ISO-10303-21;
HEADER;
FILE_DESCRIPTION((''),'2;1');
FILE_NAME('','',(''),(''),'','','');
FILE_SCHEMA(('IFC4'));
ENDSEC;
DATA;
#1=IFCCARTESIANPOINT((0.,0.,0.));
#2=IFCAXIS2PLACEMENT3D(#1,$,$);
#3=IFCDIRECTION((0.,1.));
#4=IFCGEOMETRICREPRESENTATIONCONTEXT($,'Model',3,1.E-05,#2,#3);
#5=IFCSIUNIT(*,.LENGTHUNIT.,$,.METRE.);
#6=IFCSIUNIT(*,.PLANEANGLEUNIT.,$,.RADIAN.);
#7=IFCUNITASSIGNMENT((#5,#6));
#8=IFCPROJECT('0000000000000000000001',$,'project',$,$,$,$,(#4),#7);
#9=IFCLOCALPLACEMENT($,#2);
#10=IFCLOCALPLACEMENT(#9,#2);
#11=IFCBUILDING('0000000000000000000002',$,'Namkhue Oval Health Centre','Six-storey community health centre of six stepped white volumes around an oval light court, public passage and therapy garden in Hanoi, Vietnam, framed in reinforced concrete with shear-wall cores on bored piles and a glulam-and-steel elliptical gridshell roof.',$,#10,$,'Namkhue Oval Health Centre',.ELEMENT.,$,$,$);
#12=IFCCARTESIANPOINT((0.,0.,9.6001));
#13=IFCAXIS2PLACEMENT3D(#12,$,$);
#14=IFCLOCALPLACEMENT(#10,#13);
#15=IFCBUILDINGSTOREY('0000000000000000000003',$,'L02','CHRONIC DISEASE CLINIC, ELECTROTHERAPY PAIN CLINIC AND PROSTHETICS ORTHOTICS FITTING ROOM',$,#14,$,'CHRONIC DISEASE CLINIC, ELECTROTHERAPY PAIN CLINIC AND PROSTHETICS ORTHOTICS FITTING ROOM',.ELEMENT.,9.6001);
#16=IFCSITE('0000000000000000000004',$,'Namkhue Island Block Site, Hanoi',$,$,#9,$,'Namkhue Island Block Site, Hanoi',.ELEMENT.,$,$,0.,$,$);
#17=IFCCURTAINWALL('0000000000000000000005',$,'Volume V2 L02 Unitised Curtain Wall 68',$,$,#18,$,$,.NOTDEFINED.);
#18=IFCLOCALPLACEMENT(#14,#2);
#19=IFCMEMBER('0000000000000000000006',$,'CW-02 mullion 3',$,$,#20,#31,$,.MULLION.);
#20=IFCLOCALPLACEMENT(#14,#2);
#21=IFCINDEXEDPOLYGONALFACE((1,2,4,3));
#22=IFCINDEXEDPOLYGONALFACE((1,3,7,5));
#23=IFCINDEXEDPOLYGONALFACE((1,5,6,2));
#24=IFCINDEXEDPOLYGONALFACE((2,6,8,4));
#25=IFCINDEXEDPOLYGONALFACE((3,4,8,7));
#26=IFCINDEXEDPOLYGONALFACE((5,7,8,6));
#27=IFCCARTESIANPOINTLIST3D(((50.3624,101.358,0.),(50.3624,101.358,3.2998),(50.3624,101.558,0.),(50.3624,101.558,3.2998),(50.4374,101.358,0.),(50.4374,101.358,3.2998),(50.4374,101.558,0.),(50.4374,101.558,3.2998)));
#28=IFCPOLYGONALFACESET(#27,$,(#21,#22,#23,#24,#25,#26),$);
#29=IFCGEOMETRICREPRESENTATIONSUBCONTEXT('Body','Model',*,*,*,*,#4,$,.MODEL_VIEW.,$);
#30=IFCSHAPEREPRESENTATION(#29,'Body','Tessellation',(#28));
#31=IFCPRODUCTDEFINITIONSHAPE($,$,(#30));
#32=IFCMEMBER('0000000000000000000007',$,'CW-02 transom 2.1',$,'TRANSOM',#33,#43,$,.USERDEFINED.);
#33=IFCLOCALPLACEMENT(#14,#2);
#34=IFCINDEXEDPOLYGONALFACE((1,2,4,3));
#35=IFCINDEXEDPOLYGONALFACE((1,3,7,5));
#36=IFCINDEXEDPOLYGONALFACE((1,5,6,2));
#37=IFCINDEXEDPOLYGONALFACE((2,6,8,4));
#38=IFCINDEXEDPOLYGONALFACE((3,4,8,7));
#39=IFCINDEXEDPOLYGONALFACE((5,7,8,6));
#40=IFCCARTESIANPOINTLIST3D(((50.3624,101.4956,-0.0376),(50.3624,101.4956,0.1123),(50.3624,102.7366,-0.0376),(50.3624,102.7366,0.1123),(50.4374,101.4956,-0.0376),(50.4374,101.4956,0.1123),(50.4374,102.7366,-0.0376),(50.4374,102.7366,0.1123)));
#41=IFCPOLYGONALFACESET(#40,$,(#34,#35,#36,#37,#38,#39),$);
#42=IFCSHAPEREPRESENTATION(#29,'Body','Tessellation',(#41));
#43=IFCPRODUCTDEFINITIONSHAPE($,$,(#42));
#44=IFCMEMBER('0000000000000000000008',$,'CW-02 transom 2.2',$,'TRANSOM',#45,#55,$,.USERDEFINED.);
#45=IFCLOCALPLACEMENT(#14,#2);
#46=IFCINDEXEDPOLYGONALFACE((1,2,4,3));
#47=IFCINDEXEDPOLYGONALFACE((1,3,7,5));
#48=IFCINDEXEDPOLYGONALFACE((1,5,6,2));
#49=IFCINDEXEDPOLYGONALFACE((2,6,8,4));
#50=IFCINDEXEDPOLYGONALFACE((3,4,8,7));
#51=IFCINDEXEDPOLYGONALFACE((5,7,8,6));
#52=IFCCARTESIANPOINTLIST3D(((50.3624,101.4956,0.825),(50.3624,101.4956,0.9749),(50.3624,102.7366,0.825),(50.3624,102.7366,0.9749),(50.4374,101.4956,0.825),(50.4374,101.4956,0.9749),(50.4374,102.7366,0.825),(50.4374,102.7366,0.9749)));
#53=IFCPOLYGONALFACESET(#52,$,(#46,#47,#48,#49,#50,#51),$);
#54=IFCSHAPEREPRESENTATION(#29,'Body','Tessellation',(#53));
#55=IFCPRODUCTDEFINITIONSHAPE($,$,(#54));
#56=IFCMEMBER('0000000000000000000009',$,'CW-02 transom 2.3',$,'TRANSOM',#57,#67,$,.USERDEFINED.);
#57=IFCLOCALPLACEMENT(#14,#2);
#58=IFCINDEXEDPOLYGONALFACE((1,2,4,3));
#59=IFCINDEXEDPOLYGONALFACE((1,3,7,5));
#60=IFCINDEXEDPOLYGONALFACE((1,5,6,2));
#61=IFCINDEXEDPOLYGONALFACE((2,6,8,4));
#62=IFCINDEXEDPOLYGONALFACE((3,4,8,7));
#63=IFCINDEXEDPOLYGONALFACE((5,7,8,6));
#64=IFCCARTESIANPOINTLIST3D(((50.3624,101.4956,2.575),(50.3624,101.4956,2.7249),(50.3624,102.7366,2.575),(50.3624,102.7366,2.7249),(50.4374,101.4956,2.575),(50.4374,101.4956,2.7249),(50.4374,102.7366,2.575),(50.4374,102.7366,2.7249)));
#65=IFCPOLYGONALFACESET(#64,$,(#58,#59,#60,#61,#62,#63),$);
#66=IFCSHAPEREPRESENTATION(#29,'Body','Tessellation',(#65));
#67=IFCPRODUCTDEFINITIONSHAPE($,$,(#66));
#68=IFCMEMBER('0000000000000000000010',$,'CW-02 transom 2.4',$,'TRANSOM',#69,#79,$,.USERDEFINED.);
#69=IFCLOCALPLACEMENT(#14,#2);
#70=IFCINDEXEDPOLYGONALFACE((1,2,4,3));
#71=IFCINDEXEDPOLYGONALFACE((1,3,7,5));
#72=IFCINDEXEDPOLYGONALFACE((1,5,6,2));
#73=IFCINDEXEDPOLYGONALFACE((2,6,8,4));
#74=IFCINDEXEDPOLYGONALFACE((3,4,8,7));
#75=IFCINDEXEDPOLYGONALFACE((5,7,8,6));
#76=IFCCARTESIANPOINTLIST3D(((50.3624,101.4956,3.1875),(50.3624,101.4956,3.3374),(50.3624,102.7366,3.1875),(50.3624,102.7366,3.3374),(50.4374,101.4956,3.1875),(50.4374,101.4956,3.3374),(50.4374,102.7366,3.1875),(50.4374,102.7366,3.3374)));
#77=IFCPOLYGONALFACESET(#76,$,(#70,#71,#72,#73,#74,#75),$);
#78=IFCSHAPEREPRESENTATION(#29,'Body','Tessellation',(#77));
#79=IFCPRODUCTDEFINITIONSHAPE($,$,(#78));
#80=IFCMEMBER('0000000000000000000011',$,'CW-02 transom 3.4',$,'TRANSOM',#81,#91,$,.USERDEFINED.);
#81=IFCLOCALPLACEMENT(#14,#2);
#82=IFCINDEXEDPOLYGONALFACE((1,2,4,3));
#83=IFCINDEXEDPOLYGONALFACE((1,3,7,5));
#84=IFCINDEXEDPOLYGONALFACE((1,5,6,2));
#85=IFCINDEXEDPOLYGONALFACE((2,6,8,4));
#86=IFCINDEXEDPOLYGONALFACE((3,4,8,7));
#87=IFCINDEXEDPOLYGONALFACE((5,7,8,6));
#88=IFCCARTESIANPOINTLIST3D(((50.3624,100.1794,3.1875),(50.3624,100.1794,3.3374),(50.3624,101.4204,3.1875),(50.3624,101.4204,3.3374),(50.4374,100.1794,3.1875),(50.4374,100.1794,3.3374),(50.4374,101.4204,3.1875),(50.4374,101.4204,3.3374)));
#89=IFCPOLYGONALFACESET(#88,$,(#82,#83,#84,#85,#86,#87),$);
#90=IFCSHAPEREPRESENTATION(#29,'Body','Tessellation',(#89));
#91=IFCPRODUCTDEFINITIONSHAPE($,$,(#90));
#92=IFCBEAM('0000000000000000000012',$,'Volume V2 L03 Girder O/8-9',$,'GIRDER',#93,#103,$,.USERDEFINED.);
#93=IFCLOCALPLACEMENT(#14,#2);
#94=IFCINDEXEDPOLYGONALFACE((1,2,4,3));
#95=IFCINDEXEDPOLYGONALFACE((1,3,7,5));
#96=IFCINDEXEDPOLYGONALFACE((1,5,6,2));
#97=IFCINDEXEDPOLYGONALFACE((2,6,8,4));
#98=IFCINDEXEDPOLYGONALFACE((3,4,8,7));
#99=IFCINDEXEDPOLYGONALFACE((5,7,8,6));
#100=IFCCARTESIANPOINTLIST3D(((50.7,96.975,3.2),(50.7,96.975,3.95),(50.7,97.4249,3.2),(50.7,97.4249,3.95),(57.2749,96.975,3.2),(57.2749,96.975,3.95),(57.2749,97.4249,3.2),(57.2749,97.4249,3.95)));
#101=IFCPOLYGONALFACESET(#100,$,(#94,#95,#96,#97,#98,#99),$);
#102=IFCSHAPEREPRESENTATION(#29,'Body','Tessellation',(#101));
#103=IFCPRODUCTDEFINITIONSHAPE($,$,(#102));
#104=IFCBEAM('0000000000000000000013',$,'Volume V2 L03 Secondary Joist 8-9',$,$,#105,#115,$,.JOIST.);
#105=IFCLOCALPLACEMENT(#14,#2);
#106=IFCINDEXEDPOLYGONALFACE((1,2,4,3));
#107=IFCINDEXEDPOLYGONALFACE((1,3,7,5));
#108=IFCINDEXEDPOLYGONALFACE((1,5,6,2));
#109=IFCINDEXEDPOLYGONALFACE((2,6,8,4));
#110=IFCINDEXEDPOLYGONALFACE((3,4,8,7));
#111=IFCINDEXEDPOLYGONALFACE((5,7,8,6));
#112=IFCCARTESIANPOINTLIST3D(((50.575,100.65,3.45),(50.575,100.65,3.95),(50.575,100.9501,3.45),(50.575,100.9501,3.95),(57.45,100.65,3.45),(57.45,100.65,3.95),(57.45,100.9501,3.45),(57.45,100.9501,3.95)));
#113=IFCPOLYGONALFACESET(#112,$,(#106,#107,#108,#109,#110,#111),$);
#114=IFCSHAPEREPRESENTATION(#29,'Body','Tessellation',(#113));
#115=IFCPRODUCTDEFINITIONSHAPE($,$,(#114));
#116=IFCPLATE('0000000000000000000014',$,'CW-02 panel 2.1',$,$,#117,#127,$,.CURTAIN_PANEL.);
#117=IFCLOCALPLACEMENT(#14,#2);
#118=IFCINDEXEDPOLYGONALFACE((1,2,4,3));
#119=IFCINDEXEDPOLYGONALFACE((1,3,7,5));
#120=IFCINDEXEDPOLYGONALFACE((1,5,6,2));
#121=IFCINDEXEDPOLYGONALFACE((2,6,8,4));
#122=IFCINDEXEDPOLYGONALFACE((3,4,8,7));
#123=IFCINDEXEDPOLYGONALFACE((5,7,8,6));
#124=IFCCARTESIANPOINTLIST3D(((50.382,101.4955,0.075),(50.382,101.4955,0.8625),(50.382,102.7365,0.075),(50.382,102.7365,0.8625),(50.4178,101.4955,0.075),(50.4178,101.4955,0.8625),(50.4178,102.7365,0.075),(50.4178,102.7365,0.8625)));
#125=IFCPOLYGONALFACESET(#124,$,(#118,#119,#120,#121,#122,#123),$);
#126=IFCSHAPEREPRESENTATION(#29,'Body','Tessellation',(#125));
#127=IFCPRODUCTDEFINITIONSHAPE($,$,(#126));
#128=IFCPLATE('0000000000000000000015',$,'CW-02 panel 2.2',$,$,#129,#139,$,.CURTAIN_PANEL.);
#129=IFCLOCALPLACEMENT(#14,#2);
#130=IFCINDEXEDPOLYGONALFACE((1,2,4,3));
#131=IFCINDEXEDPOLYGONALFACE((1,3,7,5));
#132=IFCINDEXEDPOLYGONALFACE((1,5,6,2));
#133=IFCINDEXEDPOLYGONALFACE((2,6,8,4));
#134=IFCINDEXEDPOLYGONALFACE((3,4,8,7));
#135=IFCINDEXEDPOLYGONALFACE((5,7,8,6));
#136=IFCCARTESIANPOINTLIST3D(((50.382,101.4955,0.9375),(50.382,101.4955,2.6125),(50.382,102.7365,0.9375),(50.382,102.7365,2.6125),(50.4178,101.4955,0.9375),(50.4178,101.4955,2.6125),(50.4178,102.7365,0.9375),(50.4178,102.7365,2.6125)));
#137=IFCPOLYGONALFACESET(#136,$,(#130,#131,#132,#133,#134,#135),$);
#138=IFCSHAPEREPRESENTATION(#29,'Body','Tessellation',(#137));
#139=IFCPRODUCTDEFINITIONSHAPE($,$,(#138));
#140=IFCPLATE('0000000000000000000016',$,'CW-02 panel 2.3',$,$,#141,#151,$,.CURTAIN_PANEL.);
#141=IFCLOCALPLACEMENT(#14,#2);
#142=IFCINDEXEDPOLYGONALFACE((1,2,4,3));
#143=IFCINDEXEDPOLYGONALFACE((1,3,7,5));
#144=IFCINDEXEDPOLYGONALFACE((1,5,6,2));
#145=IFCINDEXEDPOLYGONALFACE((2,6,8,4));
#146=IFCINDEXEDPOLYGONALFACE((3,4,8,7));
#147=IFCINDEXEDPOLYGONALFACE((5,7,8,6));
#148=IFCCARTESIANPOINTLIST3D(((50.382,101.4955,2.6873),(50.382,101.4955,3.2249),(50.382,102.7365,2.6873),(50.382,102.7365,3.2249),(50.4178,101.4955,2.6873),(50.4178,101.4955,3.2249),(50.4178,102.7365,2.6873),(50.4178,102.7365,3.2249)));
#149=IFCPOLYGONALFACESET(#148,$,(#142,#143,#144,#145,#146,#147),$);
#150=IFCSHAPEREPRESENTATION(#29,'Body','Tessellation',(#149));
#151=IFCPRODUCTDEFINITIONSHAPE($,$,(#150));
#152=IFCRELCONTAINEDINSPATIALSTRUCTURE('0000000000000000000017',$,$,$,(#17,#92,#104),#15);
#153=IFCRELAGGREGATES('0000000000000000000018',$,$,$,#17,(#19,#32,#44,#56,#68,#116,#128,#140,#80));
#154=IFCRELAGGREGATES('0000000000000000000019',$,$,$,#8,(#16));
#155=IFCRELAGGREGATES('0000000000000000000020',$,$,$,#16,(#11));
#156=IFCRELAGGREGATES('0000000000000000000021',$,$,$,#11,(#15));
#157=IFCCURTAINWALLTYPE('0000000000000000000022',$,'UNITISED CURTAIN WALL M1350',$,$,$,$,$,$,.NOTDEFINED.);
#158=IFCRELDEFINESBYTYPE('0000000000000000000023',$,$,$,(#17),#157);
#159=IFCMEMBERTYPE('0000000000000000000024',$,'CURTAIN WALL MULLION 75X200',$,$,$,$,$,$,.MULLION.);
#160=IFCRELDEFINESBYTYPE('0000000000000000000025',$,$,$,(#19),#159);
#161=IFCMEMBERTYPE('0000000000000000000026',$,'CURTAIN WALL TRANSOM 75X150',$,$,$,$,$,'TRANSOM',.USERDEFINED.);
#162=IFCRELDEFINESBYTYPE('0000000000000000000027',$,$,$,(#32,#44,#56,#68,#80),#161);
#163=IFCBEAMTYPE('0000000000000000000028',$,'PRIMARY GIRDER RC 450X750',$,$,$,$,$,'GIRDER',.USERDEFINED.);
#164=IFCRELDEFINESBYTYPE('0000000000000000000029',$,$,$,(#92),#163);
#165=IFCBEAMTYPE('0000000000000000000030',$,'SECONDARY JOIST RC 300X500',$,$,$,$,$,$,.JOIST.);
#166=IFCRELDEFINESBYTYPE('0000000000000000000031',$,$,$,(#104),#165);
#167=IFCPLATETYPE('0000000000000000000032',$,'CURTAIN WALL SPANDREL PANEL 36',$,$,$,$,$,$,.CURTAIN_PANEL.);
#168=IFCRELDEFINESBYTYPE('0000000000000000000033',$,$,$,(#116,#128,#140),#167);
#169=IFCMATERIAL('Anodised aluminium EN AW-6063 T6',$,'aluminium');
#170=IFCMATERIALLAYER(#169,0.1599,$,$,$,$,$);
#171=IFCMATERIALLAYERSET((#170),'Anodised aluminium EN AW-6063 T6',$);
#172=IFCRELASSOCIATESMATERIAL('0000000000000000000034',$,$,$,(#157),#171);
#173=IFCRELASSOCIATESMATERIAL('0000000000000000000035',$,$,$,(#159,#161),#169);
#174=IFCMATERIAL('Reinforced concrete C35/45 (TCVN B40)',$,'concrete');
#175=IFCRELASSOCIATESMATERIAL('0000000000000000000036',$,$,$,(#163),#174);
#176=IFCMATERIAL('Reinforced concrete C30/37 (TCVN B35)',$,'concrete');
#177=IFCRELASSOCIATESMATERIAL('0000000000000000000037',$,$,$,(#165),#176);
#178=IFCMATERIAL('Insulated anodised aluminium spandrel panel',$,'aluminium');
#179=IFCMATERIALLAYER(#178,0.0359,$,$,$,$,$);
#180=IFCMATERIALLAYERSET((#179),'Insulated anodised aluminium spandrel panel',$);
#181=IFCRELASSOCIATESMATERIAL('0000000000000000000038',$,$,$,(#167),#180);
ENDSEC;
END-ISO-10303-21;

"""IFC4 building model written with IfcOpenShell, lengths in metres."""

from ifc_helpers import new_model, si_unit, direction, frame, origin, origin_2d, place, context, subcontext, project, spatial, rectangle, extrude, material, layer, layer_set, material_profile, profile_set, type_object, element, aggregate, save


model = new_model("IFC4")

# Units and contexts
model_context = context("Model", 3, precision=1e-05, world=origin(), true_north=direction((0.0, 1.0)))
body_context = subcontext(model_context, "Body", "Model", "MODEL_VIEW")
ifc_project = project(units=[si_unit("LENGTHUNIT", "METRE"), si_unit("PLANEANGLEUNIT", "RADIAN")], contexts=[model_context])

# Site, building, storey
site_placement = place(None, origin())
site = spatial("IfcSite", under=ifc_project, at=site_placement, Name="Namkhue Island Block Site, Hanoi", LongName="Namkhue Island Block Site, Hanoi", CompositionType="ELEMENT", RefElevation=0.0)
building_placement = place(site_placement, origin())
building = spatial("IfcBuilding", under=site, at=building_placement, Name="Namkhue Oval Health Centre", Description="Six-storey community health centre of six stepped white volumes around an oval light court, public passage and therapy garden in Hanoi, Vietnam, framed in reinforced concrete with shear-wall cores on bored piles and a glulam-and-steel elliptical gridshell roof.", LongName="Namkhue Oval Health Centre", CompositionType="ELEMENT")
storey_placement = place(building_placement, frame((0.0, 0.0, 9.6001)))
storey = spatial("IfcBuildingStorey", under=building, at=storey_placement, Name="L02", Description="CHRONIC DISEASE CLINIC, ELECTROTHERAPY PAIN CLINIC AND PROSTHETICS ORTHOTICS FITTING ROOM", LongName="CHRONIC DISEASE CLINIC, ELECTROTHERAPY PAIN CLINIC AND PROSTHETICS ORTHOTICS FITTING ROOM", CompositionType="ELEMENT", Elevation=9.6001)

# Curtain wall, members
ifc_material_1 = material(Name="Anodised aluminium EN AW-6063 T6", Category="aluminium")
ifc_layer_1 = layer(ifc_material_1, 0.1599)
ifc_layer_set_1 = layer_set([ifc_layer_1], Name="Anodised aluminium EN AW-6063 T6")
curtain_wall_type = type_object("IfcCurtainWallType", Name="UNITISED CURTAIN WALL M1350", PredefinedType="NOTDEFINED", material=ifc_layer_set_1)
curtain_wall_placement = place(storey_placement, origin())
curtain_wall = element("IfcCurtainWall", 1, at=curtain_wall_placement, inside=storey, type_object=curtain_wall_type, Name="Volume V2 L02 Unitised Curtain Wall 68", PredefinedType="NOTDEFINED")
ifc_material_profile_1 = material_profile(ifc_material_1, rectangle(XDim=0.075, YDim=0.2, at=origin_2d()), Name="ALU 75x200")
ifc_profile_set_1 = profile_set([ifc_material_profile_1], Name="Anodised aluminium EN AW-6063 T6")
member_type_1 = type_object("IfcMemberType", Name="CURTAIN WALL MULLION 75X200", PredefinedType="MULLION", material=ifc_profile_set_1)
member_1_placement = place(storey_placement, frame((50.3999, 101.458, 0.0), z_axis=(0.0, 0.0, 1.0), x_axis=(1.0, 0.0, 0.0)))
member_1 = element("IfcMember", 2, at=member_1_placement, type_object=member_type_1, Name="CW-02 mullion 3", PredefinedType="MULLION", context=body_context, shape_type="SweptSolid", body=[
    extrude(rectangle(XDim=0.075, YDim=0.2, at=origin_2d()), origin(), (0.0, 0.0, 1.0), 3.2998),
])
ifc_material_profile_2 = material_profile(ifc_material_1, rectangle(XDim=0.075, YDim=0.1499, at=origin_2d()), Name="ALU 75x150")
ifc_profile_set_2 = profile_set([ifc_material_profile_2], Name="Anodised aluminium EN AW-6063 T6")
member_type_2 = type_object("IfcMemberType", Name="CURTAIN WALL TRANSOM 75X150", ElementType="TRANSOM", PredefinedType="USERDEFINED", material=ifc_profile_set_2)
member_2_placement = place(storey_placement, frame((50.3999, 102.7366, 0.0374), z_axis=(0.0, -1.0, 0.0), x_axis=(1.0, 0.0, 0.0)))
member_2 = element("IfcMember", 3, at=member_2_placement, type_object=member_type_2, Name="CW-02 transom 2.1", ObjectType="TRANSOM", PredefinedType="USERDEFINED", context=body_context, shape_type="SweptSolid", body=[
    extrude(rectangle(XDim=0.075, YDim=0.1499, at=origin_2d()), origin(), (0.0, 0.0, 1.0), 1.241),
])
member_3_placement = place(storey_placement, frame((50.3999, 102.7366, 0.8999), z_axis=(0.0, -1.0, 0.0), x_axis=(1.0, 0.0, 0.0)))
member_3 = element("IfcMember", 4, at=member_3_placement, type_object=member_type_2, Name="CW-02 transom 2.2", ObjectType="TRANSOM", PredefinedType="USERDEFINED", context=body_context, shape_type="SweptSolid", body=[
    extrude(rectangle(XDim=0.075, YDim=0.1499, at=origin_2d()), origin(), (0.0, 0.0, 1.0), 1.241),
])
member_4_placement = place(storey_placement, frame((50.3999, 102.7366, 2.6499), z_axis=(0.0, -1.0, 0.0), x_axis=(1.0, 0.0, 0.0)))
member_4 = element("IfcMember", 5, at=member_4_placement, type_object=member_type_2, Name="CW-02 transom 2.3", ObjectType="TRANSOM", PredefinedType="USERDEFINED", context=body_context, shape_type="SweptSolid", body=[
    extrude(rectangle(XDim=0.075, YDim=0.1499, at=origin_2d()), origin(), (0.0, 0.0, 1.0), 1.241),
])
member_5_placement = place(storey_placement, frame((50.3999, 102.7366, 3.2625), z_axis=(0.0, -1.0, 0.0), x_axis=(1.0, 0.0, 0.0)))
member_5 = element("IfcMember", 6, at=member_5_placement, type_object=member_type_2, Name="CW-02 transom 2.4", ObjectType="TRANSOM", PredefinedType="USERDEFINED", context=body_context, shape_type="SweptSolid", body=[
    extrude(rectangle(XDim=0.075, YDim=0.1499, at=origin_2d()), origin(), (0.0, 0.0, 1.0), 1.241),
])
member_6_placement = place(storey_placement, frame((50.3999, 101.4204, 3.2625), z_axis=(0.0, -1.0, 0.0), x_axis=(1.0, 0.0, 0.0)))
member_6 = element("IfcMember", 7, at=member_6_placement, type_object=member_type_2, Name="CW-02 transom 3.4", ObjectType="TRANSOM", PredefinedType="USERDEFINED", context=body_context, shape_type="SweptSolid", body=[
    extrude(rectangle(XDim=0.075, YDim=0.1499, at=origin_2d()), origin(), (0.0, 0.0, 1.0), 1.241),
])

# Beams
ifc_material_2 = material(Name="Reinforced concrete C35/45 (TCVN B40)", Category="concrete")
ifc_material_profile_3 = material_profile(ifc_material_2, rectangle(XDim=0.45, YDim=0.75, at=origin_2d()), Name="RC 450x750")
ifc_profile_set_3 = profile_set([ifc_material_profile_3], Name="Reinforced concrete C35/45 (TCVN B40)")
beam_type_1 = type_object("IfcBeamType", Name="PRIMARY GIRDER RC 450X750", ElementType="GIRDER", PredefinedType="USERDEFINED", material=ifc_profile_set_3)
beam_1_placement = place(storey_placement, frame((50.7, 97.2, 3.575), z_axis=(1.0, 0.0, 0.0), x_axis=(0.0, 1.0, 0.0)))
element("IfcBeam", 8, at=beam_1_placement, inside=storey, type_object=beam_type_1, Name="Volume V2 L03 Girder O/8-9", ObjectType="GIRDER", PredefinedType="USERDEFINED", context=body_context, shape_type="SweptSolid", body=[
    extrude(rectangle(XDim=0.45, YDim=0.75, at=origin_2d()), origin(), (0.0, 0.0, 1.0), 6.575),
])
ifc_material_3 = material(Name="Reinforced concrete C30/37 (TCVN B35)", Category="concrete")
ifc_material_profile_4 = material_profile(ifc_material_3, rectangle(XDim=0.3, YDim=0.5, at=origin_2d()), Name="RC 300x500")
ifc_profile_set_4 = profile_set([ifc_material_profile_4], Name="Reinforced concrete C30/37 (TCVN B35)")
beam_type_2 = type_object("IfcBeamType", Name="SECONDARY JOIST RC 300X500", PredefinedType="JOIST", material=ifc_profile_set_4)
beam_2_placement = place(storey_placement, frame((50.575, 100.8, 3.7), z_axis=(1.0, 0.0, 0.0), x_axis=(0.0, 1.0, 0.0)))
element("IfcBeam", 9, at=beam_2_placement, inside=storey, type_object=beam_type_2, Name="Volume V2 L03 Secondary Joist 8-9", PredefinedType="JOIST", context=body_context, shape_type="SweptSolid", body=[
    extrude(rectangle(XDim=0.3, YDim=0.5, at=origin_2d()), origin(), (0.0, 0.0, 1.0), 6.875),
])

# Plates
ifc_material_4 = material(Name="Insulated anodised aluminium spandrel panel", Category="aluminium")
ifc_layer_2 = layer(ifc_material_4, 0.0359)
ifc_layer_set_2 = layer_set([ifc_layer_2], Name="Insulated anodised aluminium spandrel panel")
plate_type = type_object("IfcPlateType", Name="CURTAIN WALL SPANDREL PANEL 36", PredefinedType="CURTAIN_PANEL", material=ifc_layer_set_2)
plate_1_placement = place(storey_placement, frame((50.3999, 102.116, 0.075), z_axis=(0.0, 0.0, 1.0), x_axis=(0.0, -1.0, 0.0)))
plate_1 = element("IfcPlate", 10, at=plate_1_placement, type_object=plate_type, Name="CW-02 panel 2.1", PredefinedType="CURTAIN_PANEL", context=body_context, shape_type="SweptSolid", body=[
    extrude(rectangle(XDim=1.241, YDim=0.0359, at=origin_2d()), origin(), (0.0, 0.0, 1.0), 0.7876),
])
plate_2_placement = place(storey_placement, frame((50.3999, 102.116, 0.9375), z_axis=(0.0, 0.0, 1.0), x_axis=(0.0, -1.0, 0.0)))
plate_2 = element("IfcPlate", 11, at=plate_2_placement, type_object=plate_type, Name="CW-02 panel 2.2", PredefinedType="CURTAIN_PANEL", context=body_context, shape_type="SweptSolid", body=[
    extrude(rectangle(XDim=1.241, YDim=0.0359, at=origin_2d()), origin(), (0.0, 0.0, 1.0), 1.675),
])
plate_3_placement = place(storey_placement, frame((50.3999, 102.116, 2.6873), z_axis=(0.0, 0.0, 1.0), x_axis=(0.0, -1.0, 0.0)))
plate_3 = element("IfcPlate", 12, at=plate_3_placement, type_object=plate_type, Name="CW-02 panel 2.3", PredefinedType="CURTAIN_PANEL", context=body_context, shape_type="SweptSolid", body=[
    extrude(rectangle(XDim=1.241, YDim=0.0359, at=origin_2d()), origin(), (0.0, 0.0, 1.0), 0.5376),
])
aggregate(curtain_wall, [member_1, member_2, member_3, member_4, member_5, plate_1, plate_2, plate_3, member_6])

save(model, "model.ifc")
